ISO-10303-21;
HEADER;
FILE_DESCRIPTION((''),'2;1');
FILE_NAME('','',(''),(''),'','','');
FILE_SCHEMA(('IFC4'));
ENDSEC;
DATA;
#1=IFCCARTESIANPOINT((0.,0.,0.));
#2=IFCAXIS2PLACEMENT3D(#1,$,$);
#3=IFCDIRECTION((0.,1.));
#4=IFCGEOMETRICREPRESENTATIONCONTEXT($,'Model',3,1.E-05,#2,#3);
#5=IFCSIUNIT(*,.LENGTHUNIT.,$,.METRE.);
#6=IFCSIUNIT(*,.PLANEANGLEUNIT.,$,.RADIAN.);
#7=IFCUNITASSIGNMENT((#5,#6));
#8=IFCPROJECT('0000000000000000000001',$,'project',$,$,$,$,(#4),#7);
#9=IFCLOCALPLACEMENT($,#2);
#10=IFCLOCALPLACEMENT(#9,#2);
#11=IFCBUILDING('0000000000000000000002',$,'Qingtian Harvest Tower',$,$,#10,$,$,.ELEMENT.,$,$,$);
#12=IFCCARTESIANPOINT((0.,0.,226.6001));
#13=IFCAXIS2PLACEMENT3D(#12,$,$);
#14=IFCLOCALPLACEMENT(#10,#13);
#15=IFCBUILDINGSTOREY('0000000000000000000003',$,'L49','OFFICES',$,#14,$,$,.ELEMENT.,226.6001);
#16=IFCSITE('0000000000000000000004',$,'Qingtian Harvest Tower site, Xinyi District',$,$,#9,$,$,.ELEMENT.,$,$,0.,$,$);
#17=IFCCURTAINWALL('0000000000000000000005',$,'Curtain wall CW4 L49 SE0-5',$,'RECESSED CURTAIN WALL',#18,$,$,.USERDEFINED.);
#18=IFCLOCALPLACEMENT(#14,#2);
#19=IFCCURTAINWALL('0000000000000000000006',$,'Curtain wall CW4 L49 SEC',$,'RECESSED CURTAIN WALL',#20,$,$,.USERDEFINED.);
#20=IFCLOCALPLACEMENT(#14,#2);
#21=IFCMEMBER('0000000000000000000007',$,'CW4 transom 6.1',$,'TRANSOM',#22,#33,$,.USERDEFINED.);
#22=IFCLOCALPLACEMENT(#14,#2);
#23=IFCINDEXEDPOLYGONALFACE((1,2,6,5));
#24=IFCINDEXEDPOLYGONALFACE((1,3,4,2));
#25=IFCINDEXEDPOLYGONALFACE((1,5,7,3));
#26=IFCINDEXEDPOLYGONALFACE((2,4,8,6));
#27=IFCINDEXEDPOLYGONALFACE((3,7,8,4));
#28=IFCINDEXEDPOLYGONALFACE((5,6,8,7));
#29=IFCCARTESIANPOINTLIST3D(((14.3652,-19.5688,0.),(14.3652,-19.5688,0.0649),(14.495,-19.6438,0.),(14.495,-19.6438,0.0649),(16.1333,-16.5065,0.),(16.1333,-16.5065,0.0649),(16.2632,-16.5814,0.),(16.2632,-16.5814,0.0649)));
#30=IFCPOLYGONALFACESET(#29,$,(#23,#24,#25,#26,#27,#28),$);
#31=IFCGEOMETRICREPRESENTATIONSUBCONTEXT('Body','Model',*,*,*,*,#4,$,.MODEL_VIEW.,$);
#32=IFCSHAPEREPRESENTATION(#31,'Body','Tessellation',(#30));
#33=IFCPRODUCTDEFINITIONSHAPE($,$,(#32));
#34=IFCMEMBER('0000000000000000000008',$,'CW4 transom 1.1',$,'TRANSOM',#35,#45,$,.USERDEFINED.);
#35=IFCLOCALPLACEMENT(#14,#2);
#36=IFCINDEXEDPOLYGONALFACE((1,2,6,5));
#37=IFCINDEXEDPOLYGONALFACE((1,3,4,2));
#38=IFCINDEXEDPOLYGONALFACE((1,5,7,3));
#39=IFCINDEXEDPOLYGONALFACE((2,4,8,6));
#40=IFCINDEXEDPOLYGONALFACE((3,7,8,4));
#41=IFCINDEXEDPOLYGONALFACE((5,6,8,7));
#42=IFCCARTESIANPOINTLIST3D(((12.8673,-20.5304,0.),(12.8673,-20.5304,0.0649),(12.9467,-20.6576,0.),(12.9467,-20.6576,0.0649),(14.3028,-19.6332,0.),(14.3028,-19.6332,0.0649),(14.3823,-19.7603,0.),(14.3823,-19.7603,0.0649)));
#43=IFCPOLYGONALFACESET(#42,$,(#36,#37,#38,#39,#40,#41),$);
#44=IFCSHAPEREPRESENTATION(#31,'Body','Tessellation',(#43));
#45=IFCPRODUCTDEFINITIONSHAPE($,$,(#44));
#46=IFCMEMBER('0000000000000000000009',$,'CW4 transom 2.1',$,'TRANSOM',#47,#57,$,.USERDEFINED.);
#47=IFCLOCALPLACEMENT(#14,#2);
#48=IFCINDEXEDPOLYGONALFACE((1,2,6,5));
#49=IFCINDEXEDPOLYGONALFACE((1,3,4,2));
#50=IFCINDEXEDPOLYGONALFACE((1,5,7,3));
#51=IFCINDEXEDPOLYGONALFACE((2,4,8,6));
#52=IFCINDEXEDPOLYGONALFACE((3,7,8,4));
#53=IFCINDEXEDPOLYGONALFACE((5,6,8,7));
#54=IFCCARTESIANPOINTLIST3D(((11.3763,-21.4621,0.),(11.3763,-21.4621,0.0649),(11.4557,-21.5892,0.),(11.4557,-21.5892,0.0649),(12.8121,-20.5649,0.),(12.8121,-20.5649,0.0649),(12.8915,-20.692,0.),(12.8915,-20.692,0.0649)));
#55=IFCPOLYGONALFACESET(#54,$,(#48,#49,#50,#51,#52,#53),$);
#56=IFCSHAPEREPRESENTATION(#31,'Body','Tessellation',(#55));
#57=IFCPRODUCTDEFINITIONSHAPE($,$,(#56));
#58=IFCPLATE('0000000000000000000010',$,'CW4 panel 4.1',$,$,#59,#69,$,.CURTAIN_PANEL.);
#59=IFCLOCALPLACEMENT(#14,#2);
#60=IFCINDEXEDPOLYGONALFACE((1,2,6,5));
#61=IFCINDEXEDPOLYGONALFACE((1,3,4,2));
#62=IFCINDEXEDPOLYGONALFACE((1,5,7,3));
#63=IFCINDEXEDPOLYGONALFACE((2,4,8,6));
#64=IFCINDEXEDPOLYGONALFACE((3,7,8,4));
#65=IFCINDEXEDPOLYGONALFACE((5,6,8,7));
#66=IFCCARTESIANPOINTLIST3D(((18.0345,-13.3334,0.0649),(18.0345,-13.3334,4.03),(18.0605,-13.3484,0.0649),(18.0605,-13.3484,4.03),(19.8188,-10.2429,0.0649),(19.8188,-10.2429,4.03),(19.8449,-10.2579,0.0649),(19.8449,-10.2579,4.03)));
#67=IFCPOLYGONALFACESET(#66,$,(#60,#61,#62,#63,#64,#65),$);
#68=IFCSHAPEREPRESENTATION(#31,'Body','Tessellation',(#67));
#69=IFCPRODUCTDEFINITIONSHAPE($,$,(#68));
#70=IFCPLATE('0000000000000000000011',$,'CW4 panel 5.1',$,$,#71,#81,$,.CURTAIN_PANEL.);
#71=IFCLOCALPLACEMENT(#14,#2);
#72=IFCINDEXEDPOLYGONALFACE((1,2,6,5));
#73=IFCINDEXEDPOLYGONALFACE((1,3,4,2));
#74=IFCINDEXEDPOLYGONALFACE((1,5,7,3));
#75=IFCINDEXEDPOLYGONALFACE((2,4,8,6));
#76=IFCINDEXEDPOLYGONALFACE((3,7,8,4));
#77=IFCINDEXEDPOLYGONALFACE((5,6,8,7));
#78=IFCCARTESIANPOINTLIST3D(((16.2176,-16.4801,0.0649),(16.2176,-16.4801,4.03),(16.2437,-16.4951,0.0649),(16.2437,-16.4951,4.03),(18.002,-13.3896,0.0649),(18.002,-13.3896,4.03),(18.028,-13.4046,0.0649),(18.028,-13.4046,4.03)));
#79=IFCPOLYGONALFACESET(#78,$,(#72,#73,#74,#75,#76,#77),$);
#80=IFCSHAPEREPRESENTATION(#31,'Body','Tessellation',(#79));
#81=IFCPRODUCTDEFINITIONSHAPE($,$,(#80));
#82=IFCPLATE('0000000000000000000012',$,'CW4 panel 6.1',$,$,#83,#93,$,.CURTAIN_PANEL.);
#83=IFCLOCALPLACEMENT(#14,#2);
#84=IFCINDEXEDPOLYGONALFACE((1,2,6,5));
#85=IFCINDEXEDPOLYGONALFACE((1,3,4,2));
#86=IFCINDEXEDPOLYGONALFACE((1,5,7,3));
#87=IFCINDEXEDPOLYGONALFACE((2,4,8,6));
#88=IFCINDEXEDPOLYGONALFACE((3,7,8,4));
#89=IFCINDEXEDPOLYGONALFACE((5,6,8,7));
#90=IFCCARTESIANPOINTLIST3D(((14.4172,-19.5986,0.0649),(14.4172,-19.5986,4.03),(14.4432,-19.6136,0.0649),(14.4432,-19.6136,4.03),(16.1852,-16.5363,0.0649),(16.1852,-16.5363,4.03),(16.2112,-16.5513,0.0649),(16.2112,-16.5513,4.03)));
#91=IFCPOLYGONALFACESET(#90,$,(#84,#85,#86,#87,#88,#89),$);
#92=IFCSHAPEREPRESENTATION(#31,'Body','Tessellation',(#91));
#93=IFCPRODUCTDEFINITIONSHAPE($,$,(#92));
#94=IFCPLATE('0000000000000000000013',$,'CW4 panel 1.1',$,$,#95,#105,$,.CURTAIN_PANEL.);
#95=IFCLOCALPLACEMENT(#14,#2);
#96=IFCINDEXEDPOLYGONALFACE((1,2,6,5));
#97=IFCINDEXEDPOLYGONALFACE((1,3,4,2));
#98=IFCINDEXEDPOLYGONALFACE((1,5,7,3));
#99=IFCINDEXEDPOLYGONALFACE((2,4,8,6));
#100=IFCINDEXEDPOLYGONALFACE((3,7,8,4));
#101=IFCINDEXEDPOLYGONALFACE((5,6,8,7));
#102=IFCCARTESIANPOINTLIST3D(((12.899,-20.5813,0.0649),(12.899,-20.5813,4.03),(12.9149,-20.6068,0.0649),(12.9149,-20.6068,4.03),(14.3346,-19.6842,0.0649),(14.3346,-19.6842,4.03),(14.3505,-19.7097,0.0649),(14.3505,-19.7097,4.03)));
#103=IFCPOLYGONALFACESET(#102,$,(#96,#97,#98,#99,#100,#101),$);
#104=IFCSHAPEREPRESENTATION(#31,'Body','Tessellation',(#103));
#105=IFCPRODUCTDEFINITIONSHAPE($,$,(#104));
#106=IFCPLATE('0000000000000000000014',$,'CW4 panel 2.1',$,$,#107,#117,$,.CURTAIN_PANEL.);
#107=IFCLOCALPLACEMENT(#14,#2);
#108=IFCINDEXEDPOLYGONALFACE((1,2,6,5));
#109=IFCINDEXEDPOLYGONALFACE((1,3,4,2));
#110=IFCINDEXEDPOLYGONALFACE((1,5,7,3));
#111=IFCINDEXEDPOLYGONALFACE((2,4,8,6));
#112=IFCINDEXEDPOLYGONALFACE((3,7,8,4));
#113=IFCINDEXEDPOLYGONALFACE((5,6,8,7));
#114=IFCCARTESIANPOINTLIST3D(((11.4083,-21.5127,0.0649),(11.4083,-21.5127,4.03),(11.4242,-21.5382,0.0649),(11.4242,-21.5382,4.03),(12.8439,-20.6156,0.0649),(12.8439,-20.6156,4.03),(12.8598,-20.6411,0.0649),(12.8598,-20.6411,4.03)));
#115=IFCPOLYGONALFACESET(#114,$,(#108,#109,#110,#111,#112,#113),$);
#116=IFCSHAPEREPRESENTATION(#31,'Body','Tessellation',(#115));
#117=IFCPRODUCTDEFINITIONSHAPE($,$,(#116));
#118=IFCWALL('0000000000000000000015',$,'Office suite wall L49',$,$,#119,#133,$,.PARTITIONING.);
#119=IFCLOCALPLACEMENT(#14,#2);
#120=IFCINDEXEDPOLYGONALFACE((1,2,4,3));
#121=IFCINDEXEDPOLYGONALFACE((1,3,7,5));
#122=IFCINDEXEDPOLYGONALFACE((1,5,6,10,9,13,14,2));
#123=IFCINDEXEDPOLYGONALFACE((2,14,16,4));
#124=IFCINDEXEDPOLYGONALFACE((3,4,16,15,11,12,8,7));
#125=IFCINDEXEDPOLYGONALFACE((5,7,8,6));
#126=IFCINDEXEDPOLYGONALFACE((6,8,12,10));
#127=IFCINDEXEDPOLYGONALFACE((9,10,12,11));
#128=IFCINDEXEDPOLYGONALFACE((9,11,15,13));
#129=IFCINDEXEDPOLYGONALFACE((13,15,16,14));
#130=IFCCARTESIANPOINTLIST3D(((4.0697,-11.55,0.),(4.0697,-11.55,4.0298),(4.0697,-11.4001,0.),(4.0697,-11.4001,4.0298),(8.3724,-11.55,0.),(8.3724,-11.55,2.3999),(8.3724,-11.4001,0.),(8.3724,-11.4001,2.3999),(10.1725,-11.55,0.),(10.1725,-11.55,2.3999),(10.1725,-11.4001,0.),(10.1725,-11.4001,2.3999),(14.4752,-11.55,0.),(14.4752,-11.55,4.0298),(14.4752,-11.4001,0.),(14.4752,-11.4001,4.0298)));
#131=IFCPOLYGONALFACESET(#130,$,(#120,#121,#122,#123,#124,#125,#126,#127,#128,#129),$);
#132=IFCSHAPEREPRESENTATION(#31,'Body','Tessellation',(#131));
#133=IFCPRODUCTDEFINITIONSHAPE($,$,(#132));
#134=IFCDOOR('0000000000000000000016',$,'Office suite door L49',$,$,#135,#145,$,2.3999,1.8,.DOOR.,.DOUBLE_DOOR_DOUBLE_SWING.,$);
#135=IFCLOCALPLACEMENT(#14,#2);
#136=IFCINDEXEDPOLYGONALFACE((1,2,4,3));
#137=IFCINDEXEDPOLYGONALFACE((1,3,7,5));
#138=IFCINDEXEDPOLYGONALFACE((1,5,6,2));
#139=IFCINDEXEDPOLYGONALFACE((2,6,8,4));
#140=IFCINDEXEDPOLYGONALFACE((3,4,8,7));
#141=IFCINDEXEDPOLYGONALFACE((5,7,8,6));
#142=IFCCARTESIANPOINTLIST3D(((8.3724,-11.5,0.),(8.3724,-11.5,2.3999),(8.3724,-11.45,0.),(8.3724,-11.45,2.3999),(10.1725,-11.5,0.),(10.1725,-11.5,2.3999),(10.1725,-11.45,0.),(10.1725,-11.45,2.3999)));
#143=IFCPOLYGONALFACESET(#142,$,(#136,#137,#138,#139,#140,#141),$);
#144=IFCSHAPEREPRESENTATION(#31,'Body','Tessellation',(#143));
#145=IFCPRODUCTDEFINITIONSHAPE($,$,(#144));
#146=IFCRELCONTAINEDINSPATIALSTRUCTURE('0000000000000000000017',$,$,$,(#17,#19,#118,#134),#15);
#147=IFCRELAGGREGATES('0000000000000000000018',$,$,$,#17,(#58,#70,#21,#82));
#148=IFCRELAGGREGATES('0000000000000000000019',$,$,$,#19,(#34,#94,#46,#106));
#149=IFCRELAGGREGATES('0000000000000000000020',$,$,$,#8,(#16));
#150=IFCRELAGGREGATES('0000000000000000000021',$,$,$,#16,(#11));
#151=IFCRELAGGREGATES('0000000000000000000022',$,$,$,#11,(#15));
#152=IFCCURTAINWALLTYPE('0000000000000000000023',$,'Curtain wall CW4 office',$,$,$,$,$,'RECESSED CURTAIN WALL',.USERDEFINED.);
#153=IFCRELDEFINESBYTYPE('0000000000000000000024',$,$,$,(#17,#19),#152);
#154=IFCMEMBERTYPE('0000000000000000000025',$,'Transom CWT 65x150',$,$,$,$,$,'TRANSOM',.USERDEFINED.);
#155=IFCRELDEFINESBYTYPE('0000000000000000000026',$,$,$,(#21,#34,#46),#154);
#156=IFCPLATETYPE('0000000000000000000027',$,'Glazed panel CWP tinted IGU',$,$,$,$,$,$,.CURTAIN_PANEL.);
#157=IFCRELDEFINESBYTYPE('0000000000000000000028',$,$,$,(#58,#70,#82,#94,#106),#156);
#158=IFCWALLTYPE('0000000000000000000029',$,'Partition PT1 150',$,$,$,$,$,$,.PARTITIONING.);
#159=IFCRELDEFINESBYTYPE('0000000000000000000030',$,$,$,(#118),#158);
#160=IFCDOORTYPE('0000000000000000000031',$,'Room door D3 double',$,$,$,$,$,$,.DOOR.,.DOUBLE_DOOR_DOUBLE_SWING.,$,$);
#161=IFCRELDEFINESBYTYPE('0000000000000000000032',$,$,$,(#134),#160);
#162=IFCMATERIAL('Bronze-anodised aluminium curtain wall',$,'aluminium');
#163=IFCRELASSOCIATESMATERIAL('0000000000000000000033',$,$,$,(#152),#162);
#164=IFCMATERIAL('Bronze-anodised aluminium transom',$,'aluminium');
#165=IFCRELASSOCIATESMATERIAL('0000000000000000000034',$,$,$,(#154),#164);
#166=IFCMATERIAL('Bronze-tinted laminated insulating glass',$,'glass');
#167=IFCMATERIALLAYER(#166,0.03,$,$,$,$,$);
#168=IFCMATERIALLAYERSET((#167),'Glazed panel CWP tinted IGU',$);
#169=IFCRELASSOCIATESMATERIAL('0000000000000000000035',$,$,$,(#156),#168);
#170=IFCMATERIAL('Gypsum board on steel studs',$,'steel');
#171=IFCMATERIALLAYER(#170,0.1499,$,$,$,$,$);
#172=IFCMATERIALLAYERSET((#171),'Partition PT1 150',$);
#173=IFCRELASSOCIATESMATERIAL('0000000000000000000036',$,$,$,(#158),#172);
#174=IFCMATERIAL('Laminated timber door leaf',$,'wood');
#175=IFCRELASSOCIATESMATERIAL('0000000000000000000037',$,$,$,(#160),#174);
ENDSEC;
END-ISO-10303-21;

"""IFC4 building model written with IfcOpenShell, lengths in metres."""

from ifc_helpers import new_model, si_unit, direction, frame, frame_2d, origin, origin_2d, place, context, subcontext, project, spatial, rectangle, extrude, material, layer, layer_set, material_profile, profile_set, type_object, element, fill, aggregate, save


model = new_model("IFC4")

# Units and contexts
model_context = context("Model", 3, precision=1e-05, world=origin(), true_north=direction((0.0, 1.0)))
body_context = subcontext(model_context, "Body", "Model", "MODEL_VIEW")
ifc_project = project(units=[si_unit("LENGTHUNIT", "METRE"), si_unit("PLANEANGLEUNIT", "RADIAN")], contexts=[model_context])

# Site, building, storey
site_placement = place(None, origin())
site = spatial("IfcSite", under=ifc_project, at=site_placement, Name="Qingtian Harvest Tower site, Xinyi District", CompositionType="ELEMENT", RefElevation=0.0)
building_placement = place(site_placement, origin())
building = spatial("IfcBuilding", under=site, at=building_placement, Name="Qingtian Harvest Tower", CompositionType="ELEMENT")
storey_placement = place(building_placement, frame((0.0, 0.0, 226.6001)))
storey = spatial("IfcBuildingStorey", under=building, at=storey_placement, Name="L49", Description="OFFICES", CompositionType="ELEMENT", Elevation=226.6001)

# Curtain walls
ifc_material_1 = material(Name="Bronze-anodised aluminium curtain wall", Category="aluminium")
curtain_wall_type = type_object("IfcCurtainWallType", Name="Curtain wall CW4 office", ElementType="RECESSED CURTAIN WALL", PredefinedType="USERDEFINED", material=ifc_material_1)
curtain_wall_1_placement = place(storey_placement, origin())
curtain_wall_1 = element("IfcCurtainWall", 1, at=curtain_wall_1_placement, inside=storey, type_object=curtain_wall_type, Name="Curtain wall CW4 L49 SE0-5", ObjectType="RECESSED CURTAIN WALL", PredefinedType="USERDEFINED")
curtain_wall_2_placement = place(storey_placement, origin())
curtain_wall_2 = element("IfcCurtainWall", 2, at=curtain_wall_2_placement, inside=storey, type_object=curtain_wall_type, Name="Curtain wall CW4 L49 SEC", ObjectType="RECESSED CURTAIN WALL", PredefinedType="USERDEFINED")

# Members
ifc_material_2 = material(Name="Bronze-anodised aluminium transom", Category="aluminium")
ifc_material_profile_1 = material_profile(ifc_material_2, rectangle(XDim=0.1499, YDim=0.0649, at=origin_2d()), Name="AL 65x150")
ifc_profile_set_1 = profile_set([ifc_material_profile_1], Name="Bronze-anodised aluminium transom")
member_type_1 = type_object("IfcMemberType", Name="Transom CWT 65x150", ElementType="TRANSOM", PredefinedType="USERDEFINED", material=ifc_profile_set_1)
member_1_placement = place(storey_placement, frame((16.1982, -16.5439, 0.0325), z_axis=(-0.500015, -0.866017, 0.0), x_axis=(0.866017, -0.500015, 0.0)))
member_1 = element("IfcMember", 3, at=member_1_placement, type_object=member_type_1, Name="CW4 transom 6.1", ObjectType="TRANSOM", PredefinedType="USERDEFINED", context=body_context, shape_type="SweptSolid", body=[
    extrude(rectangle(XDim=0.1499, YDim=0.0649, at=origin_2d()), origin(), (0.0, 0.0, 1.0), 3.5361),
])
member_2_placement = place(storey_placement, frame((14.3425, -19.6968, 0.0325), z_axis=(-0.847998, -0.529999, 0.0), x_axis=(0.529999, -0.847998, 0.0)))
member_2 = element("IfcMember", 4, at=member_2_placement, type_object=member_type_1, Name="CW4 transom 1.1", ObjectType="TRANSOM", PredefinedType="USERDEFINED", context=body_context, shape_type="SweptSolid", body=[
    extrude(rectangle(XDim=0.1499, YDim=0.0649, at=origin_2d()), origin(), (0.0, 0.0, 1.0), 1.6929),
])
member_3_placement = place(storey_placement, frame((12.8518, -20.6284, 0.0325), z_axis=(-0.848039, -0.529934, 0.0), x_axis=(0.529934, -0.848039, 0.0)))
member_3 = element("IfcMember", 5, at=member_3_placement, type_object=member_type_1, Name="CW4 transom 2.1", ObjectType="TRANSOM", PredefinedType="USERDEFINED", context=body_context, shape_type="SweptSolid", body=[
    extrude(rectangle(XDim=0.1499, YDim=0.0649, at=origin_2d()), origin(), (0.0, 0.0, 1.0), 1.6931),
])

# Plates
ifc_material_3 = material(Name="Bronze-tinted laminated insulating glass", Category="glass")
ifc_layer_1 = layer(ifc_material_3, 0.03)
ifc_layer_set_1 = layer_set([ifc_layer_1], Name="Glazed panel CWP tinted IGU")
plate_type = type_object("IfcPlateType", Name="Glazed panel CWP tinted IGU", PredefinedType="CURTAIN_PANEL", material=ifc_layer_set_1)
plate_1_placement = place(storey_placement, frame((18.9397, -11.7957, 0.0649), z_axis=(0.0, 0.0, 1.0), x_axis=(-0.5, -0.866025, 0.0)))
plate_1 = element("IfcPlate", 6, at=plate_1_placement, type_object=plate_type, Name="CW4 panel 4.1", PredefinedType="CURTAIN_PANEL", context=body_context, shape_type="SweptSolid", body=[
    extrude(rectangle(XDim=3.5686, YDim=0.03, at=origin_2d()), origin(), (0.0, 0.0, 1.0), 3.9651),
])
plate_2_placement = place(storey_placement, frame((17.1228, -14.9424, 0.0649), z_axis=(0.0, 0.0, 1.0), x_axis=(-0.5, -0.866025, 0.0)))
plate_2 = element("IfcPlate", 7, at=plate_2_placement, type_object=plate_type, Name="CW4 panel 5.1", PredefinedType="CURTAIN_PANEL", context=body_context, shape_type="SweptSolid", body=[
    extrude(rectangle(XDim=3.5686, YDim=0.03, at=origin_2d()), origin(), (0.0, 0.0, 1.0), 3.9651),
])
plate_3_placement = place(storey_placement, frame((15.3142, -18.075, 0.0649), z_axis=(0.0, 0.0, 1.0), x_axis=(-0.5, -0.866025, 0.0)))
plate_3 = element("IfcPlate", 8, at=plate_3_placement, type_object=plate_type, Name="CW4 panel 6.1", PredefinedType="CURTAIN_PANEL", context=body_context, shape_type="SweptSolid", body=[
    extrude(rectangle(XDim=3.5361, YDim=0.03, at=origin_2d()), origin(), (0.0, 0.0, 1.0), 3.9651),
])
aggregate(curtain_wall_1, [plate_1, plate_2, member_1, plate_3])
plate_4_placement = place(storey_placement, frame((13.6248, -20.1455, 0.0649), z_axis=(0.0, 0.0, 1.0), x_axis=(-0.848048, -0.529919, 0.0)))
plate_4 = element("IfcPlate", 9, at=plate_4_placement, type_object=plate_type, Name="CW4 panel 1.1", PredefinedType="CURTAIN_PANEL", context=body_context, shape_type="SweptSolid", body=[
    extrude(rectangle(XDim=1.6929, YDim=0.03, at=origin_2d()), origin(), (0.0, 0.0, 1.0), 3.9651),
])
plate_5_placement = place(storey_placement, frame((12.134, -21.0769, 0.0649), z_axis=(0.0, 0.0, 1.0), x_axis=(-0.848048, -0.529919, 0.0)))
plate_5 = element("IfcPlate", 10, at=plate_5_placement, type_object=plate_type, Name="CW4 panel 2.1", PredefinedType="CURTAIN_PANEL", context=body_context, shape_type="SweptSolid", body=[
    extrude(rectangle(XDim=1.6929, YDim=0.03, at=origin_2d()), origin(), (0.0, 0.0, 1.0), 3.9651),
])
aggregate(curtain_wall_2, [member_2, plate_4, member_3, plate_5])

# Wall, opening, door
ifc_material_4 = material(Name="Gypsum board on steel studs", Category="steel")
ifc_layer_2 = layer(ifc_material_4, 0.1499)
ifc_layer_set_2 = layer_set([ifc_layer_2], Name="Partition PT1 150")
wall_type = type_object("IfcWallType", Name="Partition PT1 150", PredefinedType="PARTITIONING", material=ifc_layer_set_2)
wall_placement = place(storey_placement, frame((14.4751, -11.4751, 0.0), z_axis=(0.0, 0.0, 1.0), x_axis=(-1.0, 0.0, 0.0)))
wall = element("IfcWall", 11, at=wall_placement, inside=storey, type_object=wall_type, Name="Office suite wall L49", PredefinedType="PARTITIONING", context=body_context, shape_type="SweptSolid", body=[
    extrude(rectangle(XDim=10.4055, YDim=0.1499, at=frame_2d((5.2026, 0.0))), origin(), (0.0, 0.0, 1.0), 4.0298),
])
opening_placement = place(wall_placement, frame((4.3027, 0.0, 0.0)))
opening = element("IfcOpeningElement", 12, at=opening_placement, cuts=wall, PredefinedType="OPENING", context=body_context, shape_type="SweptSolid", body=[
    extrude(rectangle(XDim=1.8, YDim=2.3999, at=frame_2d((0.8999, 1.2))), frame((0.0, 0.085, 0.0), z_axis=(0.0, -1.0, 0.0), x_axis=(1.0, 0.0, 0.0)), (0.0, 0.0, 1.0), 0.1699),
])
ifc_material_5 = material(Name="Laminated timber door leaf", Category="wood")
door_type = type_object("IfcDoorType", Name="Room door D3 double", OperationType="DOUBLE_DOOR_DOUBLE_SWING", PredefinedType="DOOR", material=ifc_material_5)
door_placement = place(opening_placement, origin())
door = element("IfcDoor", 13, at=door_placement, inside=storey, type_object=door_type, Name="Office suite door L49", OperationType="DOUBLE_DOOR_DOUBLE_SWING", OverallHeight=2.3999, OverallWidth=1.8, PredefinedType="DOOR", context=body_context, shape_type="SweptSolid", body=[
    extrude(rectangle(XDim=1.8, YDim=2.3999, at=frame_2d((0.8999, 1.2))), frame((0.0, 0.0249, 0.0), z_axis=(0.0, -1.0, 0.0), x_axis=(1.0, 0.0, 0.0)), (0.0, 0.0, 1.0), 0.05),
])
fill(opening, door)

save(model, "model.ifc")
